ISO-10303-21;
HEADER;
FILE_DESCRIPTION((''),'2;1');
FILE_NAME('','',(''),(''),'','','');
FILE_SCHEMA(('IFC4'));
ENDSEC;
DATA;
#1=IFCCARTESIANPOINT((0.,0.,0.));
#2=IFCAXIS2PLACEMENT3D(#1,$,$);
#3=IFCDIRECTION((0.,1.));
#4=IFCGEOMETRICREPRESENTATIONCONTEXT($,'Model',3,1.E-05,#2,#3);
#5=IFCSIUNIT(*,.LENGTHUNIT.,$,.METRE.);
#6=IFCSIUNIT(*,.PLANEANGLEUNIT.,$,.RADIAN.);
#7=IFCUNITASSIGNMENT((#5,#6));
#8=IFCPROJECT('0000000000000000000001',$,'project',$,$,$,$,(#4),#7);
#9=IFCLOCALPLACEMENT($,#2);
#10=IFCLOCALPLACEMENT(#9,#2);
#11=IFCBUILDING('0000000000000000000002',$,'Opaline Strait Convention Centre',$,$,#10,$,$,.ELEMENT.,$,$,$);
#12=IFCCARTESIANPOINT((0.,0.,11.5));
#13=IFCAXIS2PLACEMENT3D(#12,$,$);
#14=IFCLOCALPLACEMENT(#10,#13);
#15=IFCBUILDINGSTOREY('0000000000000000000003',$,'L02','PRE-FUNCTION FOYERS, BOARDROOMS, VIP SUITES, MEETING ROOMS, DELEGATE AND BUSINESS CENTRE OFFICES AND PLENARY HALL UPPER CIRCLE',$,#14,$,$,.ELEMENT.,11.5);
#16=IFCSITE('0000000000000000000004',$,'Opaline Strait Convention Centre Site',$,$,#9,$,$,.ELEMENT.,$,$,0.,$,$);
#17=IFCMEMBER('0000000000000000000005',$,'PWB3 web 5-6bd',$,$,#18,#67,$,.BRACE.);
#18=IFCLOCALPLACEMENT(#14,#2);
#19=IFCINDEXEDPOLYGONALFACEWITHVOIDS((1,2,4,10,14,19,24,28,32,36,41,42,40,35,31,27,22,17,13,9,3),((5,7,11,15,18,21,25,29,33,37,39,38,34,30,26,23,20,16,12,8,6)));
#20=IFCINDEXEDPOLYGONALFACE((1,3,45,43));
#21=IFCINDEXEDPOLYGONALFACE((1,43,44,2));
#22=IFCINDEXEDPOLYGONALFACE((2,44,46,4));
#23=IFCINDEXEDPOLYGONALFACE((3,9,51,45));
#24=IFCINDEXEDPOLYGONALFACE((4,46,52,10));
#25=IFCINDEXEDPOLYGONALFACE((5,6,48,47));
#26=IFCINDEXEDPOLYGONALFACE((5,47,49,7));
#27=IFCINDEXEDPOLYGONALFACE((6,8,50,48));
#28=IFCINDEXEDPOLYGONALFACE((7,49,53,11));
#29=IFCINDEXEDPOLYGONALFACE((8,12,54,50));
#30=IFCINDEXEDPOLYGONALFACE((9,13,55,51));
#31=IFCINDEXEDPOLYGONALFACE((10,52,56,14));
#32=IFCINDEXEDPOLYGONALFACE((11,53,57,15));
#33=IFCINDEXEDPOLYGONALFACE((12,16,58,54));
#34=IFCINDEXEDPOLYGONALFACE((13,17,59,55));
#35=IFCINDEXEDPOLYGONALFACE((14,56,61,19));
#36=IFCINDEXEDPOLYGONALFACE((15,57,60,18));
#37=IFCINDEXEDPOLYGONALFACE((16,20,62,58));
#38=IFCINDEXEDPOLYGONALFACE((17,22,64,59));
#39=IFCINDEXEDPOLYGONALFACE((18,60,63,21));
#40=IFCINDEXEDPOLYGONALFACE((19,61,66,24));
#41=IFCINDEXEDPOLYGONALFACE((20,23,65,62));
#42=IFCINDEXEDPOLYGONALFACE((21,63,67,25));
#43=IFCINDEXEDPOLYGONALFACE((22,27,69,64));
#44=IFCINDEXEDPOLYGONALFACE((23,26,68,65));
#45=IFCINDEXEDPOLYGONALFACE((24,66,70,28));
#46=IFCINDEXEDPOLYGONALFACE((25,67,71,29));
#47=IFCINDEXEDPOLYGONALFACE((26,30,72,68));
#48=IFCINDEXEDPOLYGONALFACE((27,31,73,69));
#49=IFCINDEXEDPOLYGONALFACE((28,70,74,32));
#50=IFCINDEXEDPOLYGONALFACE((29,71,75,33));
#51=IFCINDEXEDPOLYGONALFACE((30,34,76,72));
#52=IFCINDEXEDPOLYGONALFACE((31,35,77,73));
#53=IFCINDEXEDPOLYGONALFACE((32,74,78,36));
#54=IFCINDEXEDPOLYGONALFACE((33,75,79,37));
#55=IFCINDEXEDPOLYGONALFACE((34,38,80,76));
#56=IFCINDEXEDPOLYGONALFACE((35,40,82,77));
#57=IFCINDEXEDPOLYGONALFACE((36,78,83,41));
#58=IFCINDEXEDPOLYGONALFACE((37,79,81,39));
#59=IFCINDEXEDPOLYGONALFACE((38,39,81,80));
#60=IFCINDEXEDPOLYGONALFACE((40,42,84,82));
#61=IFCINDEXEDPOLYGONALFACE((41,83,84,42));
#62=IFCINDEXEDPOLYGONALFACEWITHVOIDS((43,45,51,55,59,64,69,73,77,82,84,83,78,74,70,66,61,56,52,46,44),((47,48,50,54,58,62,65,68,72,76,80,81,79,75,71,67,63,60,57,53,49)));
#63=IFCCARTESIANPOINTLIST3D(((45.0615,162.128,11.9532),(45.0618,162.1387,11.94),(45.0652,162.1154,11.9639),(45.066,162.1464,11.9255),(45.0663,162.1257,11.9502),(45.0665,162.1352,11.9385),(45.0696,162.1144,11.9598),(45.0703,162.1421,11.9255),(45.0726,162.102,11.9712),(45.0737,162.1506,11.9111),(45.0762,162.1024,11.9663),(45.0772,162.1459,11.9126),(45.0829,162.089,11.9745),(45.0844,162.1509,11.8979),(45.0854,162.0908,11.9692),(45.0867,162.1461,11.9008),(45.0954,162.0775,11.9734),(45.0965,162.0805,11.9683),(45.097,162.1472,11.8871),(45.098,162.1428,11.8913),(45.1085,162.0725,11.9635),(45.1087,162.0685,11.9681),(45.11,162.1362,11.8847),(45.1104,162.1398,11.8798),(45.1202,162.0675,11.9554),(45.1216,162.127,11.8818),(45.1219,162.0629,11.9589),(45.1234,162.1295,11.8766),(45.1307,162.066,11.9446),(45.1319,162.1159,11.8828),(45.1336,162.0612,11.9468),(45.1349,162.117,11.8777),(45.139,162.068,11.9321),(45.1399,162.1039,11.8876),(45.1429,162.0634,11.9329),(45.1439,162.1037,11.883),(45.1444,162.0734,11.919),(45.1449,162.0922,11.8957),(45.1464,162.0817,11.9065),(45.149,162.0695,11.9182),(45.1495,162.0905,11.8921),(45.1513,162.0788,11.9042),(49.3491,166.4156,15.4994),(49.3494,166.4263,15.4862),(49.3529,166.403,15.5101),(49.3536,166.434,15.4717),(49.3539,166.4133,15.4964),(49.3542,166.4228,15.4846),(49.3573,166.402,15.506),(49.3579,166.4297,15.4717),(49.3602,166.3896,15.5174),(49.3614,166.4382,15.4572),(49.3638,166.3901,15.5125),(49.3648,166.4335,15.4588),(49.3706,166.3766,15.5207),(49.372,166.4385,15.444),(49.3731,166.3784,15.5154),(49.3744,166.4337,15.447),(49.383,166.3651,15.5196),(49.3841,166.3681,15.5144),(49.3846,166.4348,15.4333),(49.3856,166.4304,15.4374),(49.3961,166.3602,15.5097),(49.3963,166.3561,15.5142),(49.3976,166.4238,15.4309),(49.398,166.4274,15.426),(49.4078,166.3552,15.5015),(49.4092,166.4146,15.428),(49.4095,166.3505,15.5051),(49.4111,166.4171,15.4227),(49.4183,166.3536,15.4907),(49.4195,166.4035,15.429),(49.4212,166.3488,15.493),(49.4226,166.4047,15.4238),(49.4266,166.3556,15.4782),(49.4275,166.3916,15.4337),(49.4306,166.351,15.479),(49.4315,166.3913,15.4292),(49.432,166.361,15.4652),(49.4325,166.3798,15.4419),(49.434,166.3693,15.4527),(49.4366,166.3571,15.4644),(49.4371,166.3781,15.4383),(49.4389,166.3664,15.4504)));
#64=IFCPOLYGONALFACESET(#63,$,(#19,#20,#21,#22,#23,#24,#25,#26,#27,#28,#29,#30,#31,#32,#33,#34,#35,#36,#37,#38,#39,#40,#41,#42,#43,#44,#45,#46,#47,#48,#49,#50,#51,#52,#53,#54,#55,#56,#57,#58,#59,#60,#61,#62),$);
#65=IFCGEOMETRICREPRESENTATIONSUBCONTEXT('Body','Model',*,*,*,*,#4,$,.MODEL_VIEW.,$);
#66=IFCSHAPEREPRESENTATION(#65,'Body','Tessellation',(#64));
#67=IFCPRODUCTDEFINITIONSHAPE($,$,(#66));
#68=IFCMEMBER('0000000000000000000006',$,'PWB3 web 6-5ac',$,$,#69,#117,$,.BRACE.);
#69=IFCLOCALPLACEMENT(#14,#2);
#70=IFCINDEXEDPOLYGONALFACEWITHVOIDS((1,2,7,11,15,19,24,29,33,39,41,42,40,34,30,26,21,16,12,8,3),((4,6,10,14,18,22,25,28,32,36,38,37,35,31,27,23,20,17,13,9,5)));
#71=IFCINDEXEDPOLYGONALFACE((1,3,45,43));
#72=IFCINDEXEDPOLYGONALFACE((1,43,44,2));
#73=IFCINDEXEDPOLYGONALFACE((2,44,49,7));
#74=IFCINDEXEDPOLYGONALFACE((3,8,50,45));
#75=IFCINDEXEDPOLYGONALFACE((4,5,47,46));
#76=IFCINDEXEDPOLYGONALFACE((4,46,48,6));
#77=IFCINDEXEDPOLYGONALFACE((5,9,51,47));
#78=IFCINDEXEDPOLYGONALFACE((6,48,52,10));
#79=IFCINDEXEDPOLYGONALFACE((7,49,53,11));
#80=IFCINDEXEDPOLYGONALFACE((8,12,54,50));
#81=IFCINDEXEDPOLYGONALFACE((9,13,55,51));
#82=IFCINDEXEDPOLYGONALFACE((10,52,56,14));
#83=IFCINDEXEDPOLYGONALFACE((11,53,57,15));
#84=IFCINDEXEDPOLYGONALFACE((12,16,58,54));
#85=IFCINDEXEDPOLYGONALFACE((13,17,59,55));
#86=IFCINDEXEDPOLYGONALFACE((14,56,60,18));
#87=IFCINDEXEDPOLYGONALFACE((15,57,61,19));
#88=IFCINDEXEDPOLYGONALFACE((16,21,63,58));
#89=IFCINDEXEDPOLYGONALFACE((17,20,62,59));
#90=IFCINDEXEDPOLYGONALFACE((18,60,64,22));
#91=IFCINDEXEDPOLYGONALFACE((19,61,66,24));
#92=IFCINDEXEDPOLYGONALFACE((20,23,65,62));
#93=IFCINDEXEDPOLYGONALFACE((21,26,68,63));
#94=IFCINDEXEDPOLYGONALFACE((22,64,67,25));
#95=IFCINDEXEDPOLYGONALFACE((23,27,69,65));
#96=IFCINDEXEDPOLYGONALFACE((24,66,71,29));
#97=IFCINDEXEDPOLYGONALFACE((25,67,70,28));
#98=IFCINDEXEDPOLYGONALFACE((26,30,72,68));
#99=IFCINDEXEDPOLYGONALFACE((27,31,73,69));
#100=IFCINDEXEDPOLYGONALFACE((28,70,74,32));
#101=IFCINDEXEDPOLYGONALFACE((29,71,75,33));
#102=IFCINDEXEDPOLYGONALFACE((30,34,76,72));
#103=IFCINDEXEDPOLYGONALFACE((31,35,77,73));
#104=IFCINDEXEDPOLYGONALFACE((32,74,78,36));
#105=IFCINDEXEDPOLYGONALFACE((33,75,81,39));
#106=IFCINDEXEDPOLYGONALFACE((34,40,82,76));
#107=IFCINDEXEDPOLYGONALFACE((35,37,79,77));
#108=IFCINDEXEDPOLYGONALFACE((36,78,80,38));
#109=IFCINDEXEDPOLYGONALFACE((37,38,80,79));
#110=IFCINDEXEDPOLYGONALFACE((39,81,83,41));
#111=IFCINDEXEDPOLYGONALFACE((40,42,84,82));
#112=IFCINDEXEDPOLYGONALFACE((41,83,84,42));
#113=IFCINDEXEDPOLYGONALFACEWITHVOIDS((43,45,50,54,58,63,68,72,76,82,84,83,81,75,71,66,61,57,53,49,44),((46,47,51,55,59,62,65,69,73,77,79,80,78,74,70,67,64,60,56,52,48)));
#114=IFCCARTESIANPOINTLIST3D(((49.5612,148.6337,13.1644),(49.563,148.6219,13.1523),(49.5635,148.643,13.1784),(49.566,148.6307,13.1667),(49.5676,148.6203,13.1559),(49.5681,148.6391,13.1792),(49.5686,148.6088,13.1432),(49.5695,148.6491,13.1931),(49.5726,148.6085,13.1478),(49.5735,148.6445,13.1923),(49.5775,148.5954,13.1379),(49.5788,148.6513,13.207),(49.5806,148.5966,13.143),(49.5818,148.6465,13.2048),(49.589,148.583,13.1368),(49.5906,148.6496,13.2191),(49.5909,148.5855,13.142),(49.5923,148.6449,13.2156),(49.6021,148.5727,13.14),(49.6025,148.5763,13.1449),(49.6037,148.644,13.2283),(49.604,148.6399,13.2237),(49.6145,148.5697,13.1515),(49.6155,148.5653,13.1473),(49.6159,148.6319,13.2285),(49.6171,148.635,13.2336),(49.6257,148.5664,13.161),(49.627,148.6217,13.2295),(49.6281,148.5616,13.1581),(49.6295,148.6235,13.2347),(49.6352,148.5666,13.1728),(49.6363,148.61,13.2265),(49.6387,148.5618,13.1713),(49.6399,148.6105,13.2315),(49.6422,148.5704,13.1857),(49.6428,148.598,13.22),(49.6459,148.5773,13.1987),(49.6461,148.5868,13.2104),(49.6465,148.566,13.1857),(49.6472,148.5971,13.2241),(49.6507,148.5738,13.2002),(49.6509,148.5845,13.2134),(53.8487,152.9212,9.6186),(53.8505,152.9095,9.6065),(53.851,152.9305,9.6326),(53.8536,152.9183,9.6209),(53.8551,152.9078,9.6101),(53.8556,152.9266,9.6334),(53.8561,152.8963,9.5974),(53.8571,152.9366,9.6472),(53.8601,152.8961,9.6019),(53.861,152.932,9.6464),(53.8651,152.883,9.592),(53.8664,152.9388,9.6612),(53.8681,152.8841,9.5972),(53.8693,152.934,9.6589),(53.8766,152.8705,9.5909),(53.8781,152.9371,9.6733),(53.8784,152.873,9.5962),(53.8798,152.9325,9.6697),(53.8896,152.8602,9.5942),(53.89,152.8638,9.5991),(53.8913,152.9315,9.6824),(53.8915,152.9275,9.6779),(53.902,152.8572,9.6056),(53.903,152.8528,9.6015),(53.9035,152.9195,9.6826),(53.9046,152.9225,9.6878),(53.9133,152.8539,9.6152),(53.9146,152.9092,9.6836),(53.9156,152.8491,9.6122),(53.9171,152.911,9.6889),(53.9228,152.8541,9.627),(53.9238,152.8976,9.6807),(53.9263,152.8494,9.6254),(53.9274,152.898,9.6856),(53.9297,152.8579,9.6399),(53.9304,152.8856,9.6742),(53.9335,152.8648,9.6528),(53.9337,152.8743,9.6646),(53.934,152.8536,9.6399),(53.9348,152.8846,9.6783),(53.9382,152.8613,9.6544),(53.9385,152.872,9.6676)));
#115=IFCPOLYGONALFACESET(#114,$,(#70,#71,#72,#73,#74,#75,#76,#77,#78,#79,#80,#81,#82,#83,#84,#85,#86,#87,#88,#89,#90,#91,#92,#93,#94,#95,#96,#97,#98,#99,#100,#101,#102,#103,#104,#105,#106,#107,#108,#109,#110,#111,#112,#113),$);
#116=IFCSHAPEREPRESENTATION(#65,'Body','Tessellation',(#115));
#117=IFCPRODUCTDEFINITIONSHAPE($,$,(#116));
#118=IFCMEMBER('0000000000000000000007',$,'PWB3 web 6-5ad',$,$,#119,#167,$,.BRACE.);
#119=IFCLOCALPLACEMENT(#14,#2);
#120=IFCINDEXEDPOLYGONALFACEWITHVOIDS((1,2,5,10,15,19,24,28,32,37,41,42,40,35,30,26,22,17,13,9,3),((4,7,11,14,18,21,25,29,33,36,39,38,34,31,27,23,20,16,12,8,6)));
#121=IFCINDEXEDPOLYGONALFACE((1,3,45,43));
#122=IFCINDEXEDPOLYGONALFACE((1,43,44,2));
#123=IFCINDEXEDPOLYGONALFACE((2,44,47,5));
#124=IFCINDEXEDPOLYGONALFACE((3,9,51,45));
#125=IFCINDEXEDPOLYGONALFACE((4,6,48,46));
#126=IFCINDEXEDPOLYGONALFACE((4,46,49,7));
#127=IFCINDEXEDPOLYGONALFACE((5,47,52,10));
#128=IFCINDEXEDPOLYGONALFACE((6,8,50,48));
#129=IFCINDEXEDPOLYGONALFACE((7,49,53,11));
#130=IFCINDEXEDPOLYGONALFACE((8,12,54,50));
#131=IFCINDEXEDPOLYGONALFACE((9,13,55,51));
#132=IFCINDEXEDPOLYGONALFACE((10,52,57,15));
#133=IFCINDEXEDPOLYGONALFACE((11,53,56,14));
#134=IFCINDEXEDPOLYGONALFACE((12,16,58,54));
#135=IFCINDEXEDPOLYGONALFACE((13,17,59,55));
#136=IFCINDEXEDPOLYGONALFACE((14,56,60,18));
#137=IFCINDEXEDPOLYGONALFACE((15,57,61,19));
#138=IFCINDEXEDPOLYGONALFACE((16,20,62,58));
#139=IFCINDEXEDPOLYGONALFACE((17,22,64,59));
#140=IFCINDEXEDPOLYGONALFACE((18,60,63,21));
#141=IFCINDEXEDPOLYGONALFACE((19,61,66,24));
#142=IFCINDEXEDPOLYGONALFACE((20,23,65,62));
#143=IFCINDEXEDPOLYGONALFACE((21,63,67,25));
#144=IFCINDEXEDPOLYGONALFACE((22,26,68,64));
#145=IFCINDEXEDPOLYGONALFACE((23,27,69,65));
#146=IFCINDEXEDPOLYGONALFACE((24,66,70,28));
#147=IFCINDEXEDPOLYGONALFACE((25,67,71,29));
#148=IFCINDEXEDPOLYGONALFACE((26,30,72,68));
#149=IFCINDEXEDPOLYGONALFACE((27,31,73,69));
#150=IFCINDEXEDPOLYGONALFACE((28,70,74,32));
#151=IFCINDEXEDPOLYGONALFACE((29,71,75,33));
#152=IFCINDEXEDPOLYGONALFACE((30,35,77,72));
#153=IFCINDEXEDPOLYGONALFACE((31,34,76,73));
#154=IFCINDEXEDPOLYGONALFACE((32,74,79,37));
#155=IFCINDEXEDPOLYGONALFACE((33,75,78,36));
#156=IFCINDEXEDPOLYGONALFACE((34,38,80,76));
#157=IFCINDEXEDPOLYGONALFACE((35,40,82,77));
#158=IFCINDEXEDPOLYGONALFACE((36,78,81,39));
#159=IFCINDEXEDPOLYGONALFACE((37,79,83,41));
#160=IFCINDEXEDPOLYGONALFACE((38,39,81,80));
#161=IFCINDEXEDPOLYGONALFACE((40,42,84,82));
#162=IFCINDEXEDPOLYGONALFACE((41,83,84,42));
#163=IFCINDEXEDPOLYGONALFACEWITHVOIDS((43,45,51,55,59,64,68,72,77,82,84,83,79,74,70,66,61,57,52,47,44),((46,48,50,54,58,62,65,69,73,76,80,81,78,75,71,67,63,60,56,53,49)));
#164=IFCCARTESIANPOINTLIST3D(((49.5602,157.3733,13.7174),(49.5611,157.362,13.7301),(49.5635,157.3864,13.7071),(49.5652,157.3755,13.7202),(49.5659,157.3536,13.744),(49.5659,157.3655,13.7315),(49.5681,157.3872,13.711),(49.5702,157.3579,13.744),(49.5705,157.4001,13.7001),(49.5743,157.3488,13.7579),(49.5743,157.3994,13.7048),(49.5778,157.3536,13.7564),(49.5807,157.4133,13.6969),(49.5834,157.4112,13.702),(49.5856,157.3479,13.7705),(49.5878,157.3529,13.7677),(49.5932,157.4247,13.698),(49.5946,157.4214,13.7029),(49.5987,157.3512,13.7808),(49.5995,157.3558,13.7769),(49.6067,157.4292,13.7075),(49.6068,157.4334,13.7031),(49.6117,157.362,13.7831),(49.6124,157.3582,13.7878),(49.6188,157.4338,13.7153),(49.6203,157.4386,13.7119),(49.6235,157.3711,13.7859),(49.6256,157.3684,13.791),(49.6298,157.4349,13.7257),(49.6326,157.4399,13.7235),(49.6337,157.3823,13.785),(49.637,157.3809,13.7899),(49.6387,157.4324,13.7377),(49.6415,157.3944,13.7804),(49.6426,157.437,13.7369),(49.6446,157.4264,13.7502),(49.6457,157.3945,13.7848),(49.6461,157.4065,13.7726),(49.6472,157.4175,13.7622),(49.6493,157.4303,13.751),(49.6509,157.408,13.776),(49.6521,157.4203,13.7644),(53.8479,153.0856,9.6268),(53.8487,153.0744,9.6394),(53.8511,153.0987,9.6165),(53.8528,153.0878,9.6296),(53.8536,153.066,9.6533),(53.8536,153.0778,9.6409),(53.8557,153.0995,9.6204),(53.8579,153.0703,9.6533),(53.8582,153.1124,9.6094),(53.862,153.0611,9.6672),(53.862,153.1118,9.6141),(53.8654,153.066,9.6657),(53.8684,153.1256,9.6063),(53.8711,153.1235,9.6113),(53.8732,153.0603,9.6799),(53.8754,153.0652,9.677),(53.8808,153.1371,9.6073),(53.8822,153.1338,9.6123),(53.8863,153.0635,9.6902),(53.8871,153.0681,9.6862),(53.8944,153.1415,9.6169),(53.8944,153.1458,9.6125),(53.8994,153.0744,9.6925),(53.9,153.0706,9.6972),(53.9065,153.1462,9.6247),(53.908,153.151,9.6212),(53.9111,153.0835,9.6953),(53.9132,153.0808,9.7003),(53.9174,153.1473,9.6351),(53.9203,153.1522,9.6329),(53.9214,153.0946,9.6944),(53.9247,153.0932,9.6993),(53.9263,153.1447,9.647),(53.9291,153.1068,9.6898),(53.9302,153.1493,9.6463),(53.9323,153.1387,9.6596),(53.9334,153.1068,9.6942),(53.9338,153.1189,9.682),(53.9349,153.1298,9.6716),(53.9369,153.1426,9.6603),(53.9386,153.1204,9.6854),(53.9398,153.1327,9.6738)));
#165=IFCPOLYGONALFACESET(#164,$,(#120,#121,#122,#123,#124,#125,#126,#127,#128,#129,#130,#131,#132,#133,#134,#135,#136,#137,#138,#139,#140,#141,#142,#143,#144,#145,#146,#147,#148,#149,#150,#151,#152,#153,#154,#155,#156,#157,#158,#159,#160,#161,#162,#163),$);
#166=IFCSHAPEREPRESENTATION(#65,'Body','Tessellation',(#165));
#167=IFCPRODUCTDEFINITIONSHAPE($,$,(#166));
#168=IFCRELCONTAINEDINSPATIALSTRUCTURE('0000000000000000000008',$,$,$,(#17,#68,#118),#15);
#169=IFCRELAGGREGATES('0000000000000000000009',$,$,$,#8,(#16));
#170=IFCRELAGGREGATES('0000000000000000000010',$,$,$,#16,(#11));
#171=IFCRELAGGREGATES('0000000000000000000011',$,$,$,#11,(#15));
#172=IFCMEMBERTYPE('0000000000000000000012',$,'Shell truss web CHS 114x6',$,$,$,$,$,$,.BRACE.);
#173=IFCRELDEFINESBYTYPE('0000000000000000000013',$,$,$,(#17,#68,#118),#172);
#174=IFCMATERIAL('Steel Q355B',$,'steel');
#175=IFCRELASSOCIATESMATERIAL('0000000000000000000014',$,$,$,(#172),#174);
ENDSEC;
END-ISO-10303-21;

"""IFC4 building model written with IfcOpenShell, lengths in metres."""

from ifc_helpers import new_model, si_unit, direction, frame, origin, origin_2d, place, context, subcontext, project, spatial, hollow_circle, extrude, material, material_profile, profile_set, type_object, element, save


model = new_model("IFC4")

# Units and contexts
model_context = context("Model", 3, precision=1e-05, world=origin(), true_north=direction((0.0, 1.0)))
body_context = subcontext(model_context, "Body", "Model", "MODEL_VIEW")
ifc_project = project(units=[si_unit("LENGTHUNIT", "METRE"), si_unit("PLANEANGLEUNIT", "RADIAN")], contexts=[model_context])

# Site, building, storey
site_placement = place(None, origin())
site = spatial("IfcSite", under=ifc_project, at=site_placement, Name="Opaline Strait Convention Centre Site", CompositionType="ELEMENT", RefElevation=0.0)
building_placement = place(site_placement, origin())
building = spatial("IfcBuilding", under=site, at=building_placement, Name="Opaline Strait Convention Centre", CompositionType="ELEMENT")
storey_placement = place(building_placement, frame((0.0, 0.0, 11.5)))
storey = spatial("IfcBuildingStorey", under=building, at=storey_placement, Name="L02", Description="PRE-FUNCTION FOYERS, BOARDROOMS, VIP SUITES, MEETING ROOMS, DELEGATE AND BUSINESS CENTRE OFFICES AND PLENARY HALL UPPER CIRCLE", CompositionType="ELEMENT", Elevation=11.5)

# Members
ifc_material_1 = material(Name="Steel Q355B", Category="steel")
ifc_material_profile_1 = material_profile(ifc_material_1, hollow_circle(Radius=0.0569, WallThickness=0.0061, at=origin_2d()), Name="CHS 114x6")
ifc_profile_set_1 = profile_set([ifc_material_profile_1], Name="Steel Q355B")
member_type_1 = type_object("IfcMemberType", Name="Shell truss web CHS 114x6", PredefinedType="BRACE", material=ifc_profile_set_1)
member_1_placement = place(storey_placement, frame((45.1062, 162.1062, 11.9255), z_axis=(0.610387, 0.610387, 0.504833), x_axis=(-0.707107, 0.707107, 0.0)))
element("IfcMember", 1, at=member_1_placement, inside=storey, type_object=member_type_1, Name="PWB3 web 5-6bd", PredefinedType="BRACE", context=body_context, shape_type="SweptSolid", body=[
    extrude(hollow_circle(Radius=0.0569, WallThickness=0.0061, at=origin_2d()), origin(), (0.0, 0.0, 1.0), 7.0244),
])
member_2_placement = place(storey_placement, frame((53.8938, 152.8938, 9.6399), z_axis=(-0.610398, -0.610398, 0.504807), x_axis=(0.707107, -0.707107, 0.0)))
element("IfcMember", 2, at=member_2_placement, inside=storey, type_object=member_type_1, Name="PWB3 web 6-5ac", PredefinedType="BRACE", context=body_context, shape_type="SweptSolid", body=[
    extrude(hollow_circle(Radius=0.0569, WallThickness=0.0061, at=origin_2d()), origin(), (0.0, 0.0, 1.0), 7.0242),
])
member_3_placement = place(storey_placement, frame((53.8938, 153.1062, 9.6533), z_axis=(-0.586189, 0.586189, 0.559253), x_axis=(-0.707107, -0.707107, 0.0)))
element("IfcMember", 3, at=member_3_placement, inside=storey, type_object=member_type_1, Name="PWB3 web 6-5ad", PredefinedType="BRACE", context=body_context, shape_type="SweptSolid", body=[
    extrude(hollow_circle(Radius=0.0569, WallThickness=0.0061, at=origin_2d()), origin(), (0.0, 0.0, 1.0), 7.3145),
])

save(model, "model.ifc")
